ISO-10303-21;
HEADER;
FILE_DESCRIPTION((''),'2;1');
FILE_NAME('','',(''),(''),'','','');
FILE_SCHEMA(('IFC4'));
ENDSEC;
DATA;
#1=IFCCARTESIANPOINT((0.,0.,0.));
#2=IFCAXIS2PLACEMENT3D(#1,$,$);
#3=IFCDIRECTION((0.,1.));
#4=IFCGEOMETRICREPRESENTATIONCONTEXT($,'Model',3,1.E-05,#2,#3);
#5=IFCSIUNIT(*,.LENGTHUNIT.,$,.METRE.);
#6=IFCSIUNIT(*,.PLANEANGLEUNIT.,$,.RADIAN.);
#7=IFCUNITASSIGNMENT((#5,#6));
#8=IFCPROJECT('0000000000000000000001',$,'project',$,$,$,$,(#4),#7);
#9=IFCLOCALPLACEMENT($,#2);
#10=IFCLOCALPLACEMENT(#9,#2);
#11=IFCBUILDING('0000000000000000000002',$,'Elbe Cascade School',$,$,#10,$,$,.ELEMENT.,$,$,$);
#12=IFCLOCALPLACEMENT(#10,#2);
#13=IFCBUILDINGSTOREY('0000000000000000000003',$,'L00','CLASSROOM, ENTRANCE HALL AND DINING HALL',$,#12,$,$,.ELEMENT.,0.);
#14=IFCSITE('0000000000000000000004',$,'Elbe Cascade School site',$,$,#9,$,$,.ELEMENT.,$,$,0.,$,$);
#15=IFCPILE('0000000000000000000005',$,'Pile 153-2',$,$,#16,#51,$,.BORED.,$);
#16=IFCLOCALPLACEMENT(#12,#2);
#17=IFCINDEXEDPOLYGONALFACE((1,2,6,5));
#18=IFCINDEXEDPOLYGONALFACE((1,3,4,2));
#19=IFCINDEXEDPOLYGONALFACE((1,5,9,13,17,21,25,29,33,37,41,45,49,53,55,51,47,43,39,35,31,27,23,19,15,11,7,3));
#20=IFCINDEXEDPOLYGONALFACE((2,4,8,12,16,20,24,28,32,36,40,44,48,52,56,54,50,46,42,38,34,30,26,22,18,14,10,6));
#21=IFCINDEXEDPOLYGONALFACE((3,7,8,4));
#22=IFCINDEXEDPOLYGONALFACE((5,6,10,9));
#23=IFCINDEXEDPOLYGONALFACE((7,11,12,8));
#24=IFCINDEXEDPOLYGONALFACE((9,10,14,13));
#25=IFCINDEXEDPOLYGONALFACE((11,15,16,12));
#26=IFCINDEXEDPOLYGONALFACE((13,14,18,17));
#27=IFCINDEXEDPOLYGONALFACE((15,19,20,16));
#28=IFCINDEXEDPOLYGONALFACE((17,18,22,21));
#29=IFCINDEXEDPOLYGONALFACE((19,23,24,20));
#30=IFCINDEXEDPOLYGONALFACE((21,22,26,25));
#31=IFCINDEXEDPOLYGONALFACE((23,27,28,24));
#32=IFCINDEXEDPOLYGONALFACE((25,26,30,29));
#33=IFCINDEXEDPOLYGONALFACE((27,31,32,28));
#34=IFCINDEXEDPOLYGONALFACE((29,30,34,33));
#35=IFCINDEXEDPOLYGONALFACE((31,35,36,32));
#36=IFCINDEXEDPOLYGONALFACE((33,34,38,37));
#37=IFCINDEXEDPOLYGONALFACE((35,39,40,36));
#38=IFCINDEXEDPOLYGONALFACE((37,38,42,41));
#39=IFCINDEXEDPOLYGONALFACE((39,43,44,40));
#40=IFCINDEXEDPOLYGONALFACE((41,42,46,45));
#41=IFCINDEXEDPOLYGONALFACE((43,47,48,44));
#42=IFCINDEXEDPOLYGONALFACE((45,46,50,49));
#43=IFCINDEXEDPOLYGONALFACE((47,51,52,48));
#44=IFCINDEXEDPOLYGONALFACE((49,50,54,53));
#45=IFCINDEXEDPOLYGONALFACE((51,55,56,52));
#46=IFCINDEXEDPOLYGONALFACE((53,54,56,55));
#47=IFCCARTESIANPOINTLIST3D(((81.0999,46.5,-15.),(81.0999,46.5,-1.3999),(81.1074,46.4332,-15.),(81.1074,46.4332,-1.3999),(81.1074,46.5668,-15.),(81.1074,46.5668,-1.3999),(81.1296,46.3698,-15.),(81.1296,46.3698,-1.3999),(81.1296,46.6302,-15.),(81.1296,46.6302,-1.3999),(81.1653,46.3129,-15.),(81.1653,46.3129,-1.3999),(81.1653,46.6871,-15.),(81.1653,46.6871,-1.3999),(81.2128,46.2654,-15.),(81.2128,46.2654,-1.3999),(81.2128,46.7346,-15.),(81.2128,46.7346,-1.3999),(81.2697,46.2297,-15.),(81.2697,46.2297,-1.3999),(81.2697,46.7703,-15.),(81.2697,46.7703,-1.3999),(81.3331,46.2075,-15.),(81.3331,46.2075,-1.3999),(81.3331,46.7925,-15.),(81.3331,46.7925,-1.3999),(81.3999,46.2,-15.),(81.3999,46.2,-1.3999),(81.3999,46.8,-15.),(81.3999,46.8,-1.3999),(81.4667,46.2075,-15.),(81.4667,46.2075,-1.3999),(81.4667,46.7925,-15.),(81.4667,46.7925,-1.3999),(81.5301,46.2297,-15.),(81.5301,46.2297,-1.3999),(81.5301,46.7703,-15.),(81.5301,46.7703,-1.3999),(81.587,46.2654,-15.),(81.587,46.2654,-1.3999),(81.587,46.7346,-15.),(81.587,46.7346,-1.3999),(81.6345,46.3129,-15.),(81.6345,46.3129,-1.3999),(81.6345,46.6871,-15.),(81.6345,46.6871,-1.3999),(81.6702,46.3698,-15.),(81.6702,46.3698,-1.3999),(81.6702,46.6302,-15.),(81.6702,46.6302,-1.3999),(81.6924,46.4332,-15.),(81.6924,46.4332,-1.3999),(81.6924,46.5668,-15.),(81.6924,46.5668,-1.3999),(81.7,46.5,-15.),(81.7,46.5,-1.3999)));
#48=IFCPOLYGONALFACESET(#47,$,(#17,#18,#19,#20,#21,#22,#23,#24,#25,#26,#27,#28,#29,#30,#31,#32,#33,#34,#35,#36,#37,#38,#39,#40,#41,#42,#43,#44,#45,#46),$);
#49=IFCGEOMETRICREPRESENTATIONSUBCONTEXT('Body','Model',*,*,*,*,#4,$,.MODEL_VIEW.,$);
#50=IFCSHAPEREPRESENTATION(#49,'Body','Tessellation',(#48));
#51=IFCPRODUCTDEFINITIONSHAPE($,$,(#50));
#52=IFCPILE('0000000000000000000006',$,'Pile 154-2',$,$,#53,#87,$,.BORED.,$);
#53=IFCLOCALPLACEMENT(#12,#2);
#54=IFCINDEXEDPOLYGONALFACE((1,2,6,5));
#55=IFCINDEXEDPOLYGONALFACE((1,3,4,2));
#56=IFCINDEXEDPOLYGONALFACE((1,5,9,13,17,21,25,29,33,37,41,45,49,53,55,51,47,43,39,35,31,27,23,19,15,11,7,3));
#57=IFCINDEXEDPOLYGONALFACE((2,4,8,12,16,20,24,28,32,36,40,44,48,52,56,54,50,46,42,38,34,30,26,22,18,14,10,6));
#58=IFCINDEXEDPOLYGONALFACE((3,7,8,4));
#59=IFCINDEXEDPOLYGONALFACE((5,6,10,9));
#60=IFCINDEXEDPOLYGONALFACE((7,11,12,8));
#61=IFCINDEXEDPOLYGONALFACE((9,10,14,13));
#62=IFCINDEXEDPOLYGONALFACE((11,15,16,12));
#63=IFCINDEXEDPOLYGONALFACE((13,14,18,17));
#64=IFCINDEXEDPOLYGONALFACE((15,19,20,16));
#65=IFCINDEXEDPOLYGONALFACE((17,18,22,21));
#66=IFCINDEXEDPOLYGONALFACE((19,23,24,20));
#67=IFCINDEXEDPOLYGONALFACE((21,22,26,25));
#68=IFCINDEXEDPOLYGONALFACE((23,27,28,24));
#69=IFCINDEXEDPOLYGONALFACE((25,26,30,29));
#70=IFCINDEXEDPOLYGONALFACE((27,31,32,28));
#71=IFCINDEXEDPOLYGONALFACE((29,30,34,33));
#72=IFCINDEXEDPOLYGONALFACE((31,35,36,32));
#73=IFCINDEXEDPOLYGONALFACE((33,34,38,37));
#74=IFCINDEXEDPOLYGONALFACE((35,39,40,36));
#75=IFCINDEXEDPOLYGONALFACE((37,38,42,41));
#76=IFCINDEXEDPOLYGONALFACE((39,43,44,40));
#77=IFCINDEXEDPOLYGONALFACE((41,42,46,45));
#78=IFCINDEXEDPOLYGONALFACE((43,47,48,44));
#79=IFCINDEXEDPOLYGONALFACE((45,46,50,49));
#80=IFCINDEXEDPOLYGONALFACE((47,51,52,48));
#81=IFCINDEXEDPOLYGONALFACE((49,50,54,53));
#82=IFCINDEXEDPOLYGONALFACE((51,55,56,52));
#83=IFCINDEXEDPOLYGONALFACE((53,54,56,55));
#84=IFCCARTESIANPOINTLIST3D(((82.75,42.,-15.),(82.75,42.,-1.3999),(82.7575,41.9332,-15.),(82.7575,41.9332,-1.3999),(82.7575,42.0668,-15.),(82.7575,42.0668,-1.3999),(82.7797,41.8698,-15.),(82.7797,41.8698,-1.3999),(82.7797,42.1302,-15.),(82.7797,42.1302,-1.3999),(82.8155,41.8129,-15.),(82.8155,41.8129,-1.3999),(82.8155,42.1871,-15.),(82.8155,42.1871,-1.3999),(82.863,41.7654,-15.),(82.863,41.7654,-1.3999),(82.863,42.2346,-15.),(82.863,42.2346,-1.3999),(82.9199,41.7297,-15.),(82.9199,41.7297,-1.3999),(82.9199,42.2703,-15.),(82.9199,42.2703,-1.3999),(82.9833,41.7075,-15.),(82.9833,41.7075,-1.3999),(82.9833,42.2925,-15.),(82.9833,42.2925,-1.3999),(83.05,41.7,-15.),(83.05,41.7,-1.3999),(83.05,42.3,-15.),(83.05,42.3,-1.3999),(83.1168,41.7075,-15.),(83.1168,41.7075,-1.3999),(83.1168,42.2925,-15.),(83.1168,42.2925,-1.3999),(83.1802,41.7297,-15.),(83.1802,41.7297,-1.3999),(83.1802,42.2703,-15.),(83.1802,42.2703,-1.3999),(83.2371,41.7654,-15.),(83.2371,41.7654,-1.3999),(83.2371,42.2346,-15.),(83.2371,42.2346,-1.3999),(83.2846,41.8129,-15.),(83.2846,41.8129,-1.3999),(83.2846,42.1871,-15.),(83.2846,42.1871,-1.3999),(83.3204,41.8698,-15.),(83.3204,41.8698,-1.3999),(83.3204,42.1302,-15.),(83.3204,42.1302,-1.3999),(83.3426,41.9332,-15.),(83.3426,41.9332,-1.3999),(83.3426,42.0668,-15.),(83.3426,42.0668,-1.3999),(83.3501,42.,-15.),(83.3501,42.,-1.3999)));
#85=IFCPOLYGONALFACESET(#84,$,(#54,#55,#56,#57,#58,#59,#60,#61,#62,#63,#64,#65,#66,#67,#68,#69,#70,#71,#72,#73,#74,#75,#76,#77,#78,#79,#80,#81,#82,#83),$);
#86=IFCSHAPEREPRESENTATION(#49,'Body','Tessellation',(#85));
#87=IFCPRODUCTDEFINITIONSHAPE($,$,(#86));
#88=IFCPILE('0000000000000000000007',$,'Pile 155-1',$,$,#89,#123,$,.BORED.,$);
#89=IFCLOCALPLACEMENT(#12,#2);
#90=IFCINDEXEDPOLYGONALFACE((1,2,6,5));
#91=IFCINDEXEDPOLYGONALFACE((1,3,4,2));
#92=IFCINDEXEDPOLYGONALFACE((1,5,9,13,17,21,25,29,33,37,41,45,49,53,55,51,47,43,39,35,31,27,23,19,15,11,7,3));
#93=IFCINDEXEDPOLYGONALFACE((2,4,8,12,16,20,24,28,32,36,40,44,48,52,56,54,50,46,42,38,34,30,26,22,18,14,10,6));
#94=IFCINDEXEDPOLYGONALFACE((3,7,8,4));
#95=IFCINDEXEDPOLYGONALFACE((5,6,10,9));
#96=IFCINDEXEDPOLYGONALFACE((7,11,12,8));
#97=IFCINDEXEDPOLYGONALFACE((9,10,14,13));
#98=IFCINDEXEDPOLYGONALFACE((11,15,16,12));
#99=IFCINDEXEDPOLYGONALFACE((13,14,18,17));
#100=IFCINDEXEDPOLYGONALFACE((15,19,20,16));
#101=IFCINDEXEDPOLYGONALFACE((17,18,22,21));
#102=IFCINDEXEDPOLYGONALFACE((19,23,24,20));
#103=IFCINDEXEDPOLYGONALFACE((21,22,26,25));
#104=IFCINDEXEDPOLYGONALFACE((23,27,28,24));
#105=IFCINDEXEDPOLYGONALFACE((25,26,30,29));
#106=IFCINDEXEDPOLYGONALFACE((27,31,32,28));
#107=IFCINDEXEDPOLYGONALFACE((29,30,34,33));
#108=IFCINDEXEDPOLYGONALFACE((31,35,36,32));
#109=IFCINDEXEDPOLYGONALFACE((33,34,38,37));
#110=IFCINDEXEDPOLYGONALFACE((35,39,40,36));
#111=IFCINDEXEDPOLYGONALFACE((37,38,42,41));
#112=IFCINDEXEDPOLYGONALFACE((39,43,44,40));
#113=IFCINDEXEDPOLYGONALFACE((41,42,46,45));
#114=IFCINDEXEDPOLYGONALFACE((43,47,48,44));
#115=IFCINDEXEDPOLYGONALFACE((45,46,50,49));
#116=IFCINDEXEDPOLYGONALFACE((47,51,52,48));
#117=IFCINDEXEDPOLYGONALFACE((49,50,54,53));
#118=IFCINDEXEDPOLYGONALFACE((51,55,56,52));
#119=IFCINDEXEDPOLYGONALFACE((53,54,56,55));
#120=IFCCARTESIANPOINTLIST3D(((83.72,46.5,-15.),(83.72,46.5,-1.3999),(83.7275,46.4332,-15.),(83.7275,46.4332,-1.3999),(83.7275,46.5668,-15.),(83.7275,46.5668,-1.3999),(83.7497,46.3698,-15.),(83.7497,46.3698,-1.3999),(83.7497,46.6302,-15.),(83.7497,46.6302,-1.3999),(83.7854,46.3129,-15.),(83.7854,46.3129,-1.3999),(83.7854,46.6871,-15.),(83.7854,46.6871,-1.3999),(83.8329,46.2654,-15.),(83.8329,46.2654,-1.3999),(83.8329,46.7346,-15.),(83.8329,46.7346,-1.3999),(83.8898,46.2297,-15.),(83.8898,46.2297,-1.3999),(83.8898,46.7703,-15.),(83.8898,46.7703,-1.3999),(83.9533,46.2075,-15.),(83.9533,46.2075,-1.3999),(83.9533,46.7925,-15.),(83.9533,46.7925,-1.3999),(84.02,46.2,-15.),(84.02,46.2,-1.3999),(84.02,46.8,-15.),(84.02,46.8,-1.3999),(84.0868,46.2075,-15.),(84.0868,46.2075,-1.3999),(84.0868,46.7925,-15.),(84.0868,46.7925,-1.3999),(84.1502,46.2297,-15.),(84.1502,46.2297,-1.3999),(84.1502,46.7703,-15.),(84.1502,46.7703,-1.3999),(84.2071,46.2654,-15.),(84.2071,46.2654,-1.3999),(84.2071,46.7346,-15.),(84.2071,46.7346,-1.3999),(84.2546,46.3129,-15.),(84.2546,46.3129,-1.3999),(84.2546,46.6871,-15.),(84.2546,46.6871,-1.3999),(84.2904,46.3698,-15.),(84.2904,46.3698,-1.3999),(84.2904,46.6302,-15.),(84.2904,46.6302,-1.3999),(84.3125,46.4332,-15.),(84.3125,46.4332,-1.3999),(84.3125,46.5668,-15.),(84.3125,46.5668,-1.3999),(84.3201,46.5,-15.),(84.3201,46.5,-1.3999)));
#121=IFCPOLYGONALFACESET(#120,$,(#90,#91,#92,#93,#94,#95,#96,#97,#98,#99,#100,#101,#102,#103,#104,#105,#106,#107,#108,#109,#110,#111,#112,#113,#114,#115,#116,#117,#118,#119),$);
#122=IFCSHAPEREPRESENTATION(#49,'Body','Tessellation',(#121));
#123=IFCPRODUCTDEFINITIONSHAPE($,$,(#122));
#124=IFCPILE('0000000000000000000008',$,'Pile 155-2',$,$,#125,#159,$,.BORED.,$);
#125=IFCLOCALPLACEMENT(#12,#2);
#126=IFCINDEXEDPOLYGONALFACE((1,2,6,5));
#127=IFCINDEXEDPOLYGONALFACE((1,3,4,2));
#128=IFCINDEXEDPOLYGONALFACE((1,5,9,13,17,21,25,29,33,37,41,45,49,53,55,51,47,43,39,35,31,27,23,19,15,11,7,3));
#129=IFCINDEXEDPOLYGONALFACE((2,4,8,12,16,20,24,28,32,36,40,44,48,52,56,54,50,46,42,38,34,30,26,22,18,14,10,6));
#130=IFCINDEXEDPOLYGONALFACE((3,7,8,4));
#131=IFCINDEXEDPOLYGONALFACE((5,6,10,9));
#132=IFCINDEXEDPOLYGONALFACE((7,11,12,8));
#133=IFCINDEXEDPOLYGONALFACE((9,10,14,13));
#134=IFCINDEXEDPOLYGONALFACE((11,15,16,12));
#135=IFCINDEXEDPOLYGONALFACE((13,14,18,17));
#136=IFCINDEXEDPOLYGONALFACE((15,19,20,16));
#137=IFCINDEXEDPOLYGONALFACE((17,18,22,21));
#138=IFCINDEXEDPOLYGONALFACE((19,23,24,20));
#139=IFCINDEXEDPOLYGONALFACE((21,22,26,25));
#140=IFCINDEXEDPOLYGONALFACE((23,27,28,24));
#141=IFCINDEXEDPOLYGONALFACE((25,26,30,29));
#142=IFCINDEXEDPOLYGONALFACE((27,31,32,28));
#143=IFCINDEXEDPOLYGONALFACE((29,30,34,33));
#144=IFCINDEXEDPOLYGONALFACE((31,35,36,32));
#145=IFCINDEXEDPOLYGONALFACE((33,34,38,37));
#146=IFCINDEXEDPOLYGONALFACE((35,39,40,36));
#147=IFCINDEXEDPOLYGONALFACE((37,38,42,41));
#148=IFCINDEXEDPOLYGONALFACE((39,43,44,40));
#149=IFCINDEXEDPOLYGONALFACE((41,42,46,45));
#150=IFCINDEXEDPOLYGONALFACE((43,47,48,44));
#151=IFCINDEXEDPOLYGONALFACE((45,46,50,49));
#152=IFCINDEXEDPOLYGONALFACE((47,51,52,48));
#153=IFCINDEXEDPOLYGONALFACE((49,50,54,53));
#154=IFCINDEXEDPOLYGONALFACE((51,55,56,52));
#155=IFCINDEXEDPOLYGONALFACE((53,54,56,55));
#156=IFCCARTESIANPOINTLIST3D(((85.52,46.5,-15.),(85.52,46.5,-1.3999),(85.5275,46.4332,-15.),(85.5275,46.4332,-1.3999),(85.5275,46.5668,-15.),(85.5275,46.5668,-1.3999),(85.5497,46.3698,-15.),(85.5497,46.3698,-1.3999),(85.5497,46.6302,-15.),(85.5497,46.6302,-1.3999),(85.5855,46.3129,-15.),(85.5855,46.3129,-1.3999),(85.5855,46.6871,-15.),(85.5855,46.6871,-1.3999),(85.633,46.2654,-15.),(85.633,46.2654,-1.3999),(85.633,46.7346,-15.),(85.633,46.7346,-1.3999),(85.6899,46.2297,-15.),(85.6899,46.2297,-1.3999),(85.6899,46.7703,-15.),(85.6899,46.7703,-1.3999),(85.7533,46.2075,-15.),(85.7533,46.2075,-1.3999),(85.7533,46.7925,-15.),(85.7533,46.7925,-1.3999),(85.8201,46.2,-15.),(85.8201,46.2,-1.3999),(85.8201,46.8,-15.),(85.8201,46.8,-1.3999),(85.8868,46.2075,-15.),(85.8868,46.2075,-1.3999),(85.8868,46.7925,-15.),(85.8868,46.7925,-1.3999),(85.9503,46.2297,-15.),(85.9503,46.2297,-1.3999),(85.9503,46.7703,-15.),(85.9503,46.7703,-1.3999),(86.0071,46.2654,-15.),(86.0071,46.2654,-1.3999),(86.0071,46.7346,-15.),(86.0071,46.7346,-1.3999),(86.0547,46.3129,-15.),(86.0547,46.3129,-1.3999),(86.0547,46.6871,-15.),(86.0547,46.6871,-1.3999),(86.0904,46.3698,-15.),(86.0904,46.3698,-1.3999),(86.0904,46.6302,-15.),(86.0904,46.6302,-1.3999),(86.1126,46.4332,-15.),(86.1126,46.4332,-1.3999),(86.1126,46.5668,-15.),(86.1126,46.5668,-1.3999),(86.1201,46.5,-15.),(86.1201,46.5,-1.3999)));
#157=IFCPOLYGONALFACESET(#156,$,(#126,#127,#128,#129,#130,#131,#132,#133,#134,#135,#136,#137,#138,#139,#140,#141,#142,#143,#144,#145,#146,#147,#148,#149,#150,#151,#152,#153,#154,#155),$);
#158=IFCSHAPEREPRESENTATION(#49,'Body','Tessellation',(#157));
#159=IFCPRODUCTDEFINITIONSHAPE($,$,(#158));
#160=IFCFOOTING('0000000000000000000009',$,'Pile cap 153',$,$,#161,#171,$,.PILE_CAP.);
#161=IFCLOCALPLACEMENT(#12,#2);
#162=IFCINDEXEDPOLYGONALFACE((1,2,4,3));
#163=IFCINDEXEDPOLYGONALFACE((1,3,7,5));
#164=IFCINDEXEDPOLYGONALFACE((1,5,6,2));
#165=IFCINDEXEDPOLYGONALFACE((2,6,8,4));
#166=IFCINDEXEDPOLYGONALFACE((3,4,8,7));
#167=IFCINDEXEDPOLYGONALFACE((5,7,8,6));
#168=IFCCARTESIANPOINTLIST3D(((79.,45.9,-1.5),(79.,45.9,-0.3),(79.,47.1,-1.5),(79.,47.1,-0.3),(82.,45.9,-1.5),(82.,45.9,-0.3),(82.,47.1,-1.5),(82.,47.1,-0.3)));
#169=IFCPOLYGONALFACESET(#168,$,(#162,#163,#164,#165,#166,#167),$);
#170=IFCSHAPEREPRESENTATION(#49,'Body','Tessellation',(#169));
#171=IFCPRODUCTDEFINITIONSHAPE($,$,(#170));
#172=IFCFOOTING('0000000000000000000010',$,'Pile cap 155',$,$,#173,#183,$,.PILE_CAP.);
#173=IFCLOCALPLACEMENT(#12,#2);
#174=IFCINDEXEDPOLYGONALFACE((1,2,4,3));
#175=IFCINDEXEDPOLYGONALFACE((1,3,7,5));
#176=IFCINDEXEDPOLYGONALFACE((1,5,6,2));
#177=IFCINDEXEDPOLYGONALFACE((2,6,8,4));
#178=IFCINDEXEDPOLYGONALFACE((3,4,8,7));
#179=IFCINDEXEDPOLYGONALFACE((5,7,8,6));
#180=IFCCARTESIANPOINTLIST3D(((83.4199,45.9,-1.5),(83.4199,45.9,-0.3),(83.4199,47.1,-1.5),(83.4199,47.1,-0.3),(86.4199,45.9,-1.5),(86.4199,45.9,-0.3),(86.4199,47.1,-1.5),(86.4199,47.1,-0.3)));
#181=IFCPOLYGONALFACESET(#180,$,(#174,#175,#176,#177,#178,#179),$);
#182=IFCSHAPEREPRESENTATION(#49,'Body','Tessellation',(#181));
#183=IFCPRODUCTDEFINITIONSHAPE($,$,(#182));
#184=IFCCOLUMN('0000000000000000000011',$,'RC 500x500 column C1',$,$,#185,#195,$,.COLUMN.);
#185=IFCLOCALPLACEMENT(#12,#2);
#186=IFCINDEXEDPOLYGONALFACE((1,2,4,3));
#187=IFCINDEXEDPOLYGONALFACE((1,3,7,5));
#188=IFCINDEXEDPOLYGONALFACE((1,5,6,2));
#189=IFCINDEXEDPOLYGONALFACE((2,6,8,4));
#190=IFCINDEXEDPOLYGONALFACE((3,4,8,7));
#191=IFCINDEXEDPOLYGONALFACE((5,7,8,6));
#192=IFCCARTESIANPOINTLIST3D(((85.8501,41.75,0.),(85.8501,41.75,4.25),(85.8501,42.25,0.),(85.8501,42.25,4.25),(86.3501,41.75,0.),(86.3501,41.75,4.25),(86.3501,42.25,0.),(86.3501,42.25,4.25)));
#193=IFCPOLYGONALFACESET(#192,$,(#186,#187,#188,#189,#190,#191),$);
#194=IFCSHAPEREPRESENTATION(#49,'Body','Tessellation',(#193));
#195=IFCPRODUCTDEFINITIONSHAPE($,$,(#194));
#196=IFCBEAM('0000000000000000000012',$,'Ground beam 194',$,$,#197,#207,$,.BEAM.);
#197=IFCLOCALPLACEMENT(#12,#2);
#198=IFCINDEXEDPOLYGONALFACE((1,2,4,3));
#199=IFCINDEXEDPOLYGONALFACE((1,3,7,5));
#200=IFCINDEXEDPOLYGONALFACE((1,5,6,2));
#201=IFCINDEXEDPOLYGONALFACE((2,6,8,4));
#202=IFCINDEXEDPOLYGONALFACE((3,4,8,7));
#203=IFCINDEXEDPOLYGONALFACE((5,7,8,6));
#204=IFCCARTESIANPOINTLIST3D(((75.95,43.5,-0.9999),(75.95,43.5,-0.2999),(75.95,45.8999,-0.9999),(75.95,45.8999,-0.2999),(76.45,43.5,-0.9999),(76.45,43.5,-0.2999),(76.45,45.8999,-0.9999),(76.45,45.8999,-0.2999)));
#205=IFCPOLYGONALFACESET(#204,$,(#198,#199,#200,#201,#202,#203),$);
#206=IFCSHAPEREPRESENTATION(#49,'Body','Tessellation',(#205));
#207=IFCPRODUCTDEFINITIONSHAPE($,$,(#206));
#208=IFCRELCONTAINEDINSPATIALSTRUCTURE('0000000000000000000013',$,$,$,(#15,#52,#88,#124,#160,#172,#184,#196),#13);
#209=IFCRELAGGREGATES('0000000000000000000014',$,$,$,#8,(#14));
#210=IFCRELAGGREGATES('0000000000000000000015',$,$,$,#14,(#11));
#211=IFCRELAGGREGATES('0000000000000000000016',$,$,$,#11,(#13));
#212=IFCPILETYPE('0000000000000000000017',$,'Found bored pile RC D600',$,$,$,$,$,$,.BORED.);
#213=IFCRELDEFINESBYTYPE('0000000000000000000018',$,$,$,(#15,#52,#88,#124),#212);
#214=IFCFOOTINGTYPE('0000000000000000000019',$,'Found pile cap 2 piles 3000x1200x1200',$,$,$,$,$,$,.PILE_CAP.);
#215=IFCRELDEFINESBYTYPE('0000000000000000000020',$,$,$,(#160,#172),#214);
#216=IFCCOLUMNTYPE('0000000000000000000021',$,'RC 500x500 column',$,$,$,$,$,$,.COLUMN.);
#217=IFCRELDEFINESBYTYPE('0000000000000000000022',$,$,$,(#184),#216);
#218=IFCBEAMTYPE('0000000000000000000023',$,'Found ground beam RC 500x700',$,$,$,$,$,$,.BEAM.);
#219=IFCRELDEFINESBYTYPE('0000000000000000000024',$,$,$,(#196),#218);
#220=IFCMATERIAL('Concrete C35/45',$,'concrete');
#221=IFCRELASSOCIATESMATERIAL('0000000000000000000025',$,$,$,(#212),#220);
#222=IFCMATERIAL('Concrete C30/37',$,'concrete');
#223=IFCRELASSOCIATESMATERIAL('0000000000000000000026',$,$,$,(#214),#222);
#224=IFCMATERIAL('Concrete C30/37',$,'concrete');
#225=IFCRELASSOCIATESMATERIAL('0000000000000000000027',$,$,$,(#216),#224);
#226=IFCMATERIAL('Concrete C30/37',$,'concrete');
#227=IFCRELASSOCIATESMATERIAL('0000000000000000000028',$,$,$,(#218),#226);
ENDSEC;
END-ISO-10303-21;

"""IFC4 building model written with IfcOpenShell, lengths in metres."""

from ifc_helpers import new_model, si_unit, direction, frame, origin, origin_2d, place, context, subcontext, project, spatial, rectangle, circle, extrude, material, material_profile, profile_set, type_object, element, save


model = new_model("IFC4")

# Units and contexts
model_context = context("Model", 3, precision=1e-05, world=origin(), true_north=direction((0.0, 1.0)))
body_context = subcontext(model_context, "Body", "Model", "MODEL_VIEW")
ifc_project = project(units=[si_unit("LENGTHUNIT", "METRE"), si_unit("PLANEANGLEUNIT", "RADIAN")], contexts=[model_context])

# Site, building, storey
site_placement = place(None, origin())
site = spatial("IfcSite", under=ifc_project, at=site_placement, Name="Elbe Cascade School site", CompositionType="ELEMENT", RefElevation=0.0)
building_placement = place(site_placement, origin())
building = spatial("IfcBuilding", under=site, at=building_placement, Name="Elbe Cascade School", CompositionType="ELEMENT")
storey_placement = place(building_placement, origin())
storey = spatial("IfcBuildingStorey", under=building, at=storey_placement, Name="L00", Description="CLASSROOM, ENTRANCE HALL AND DINING HALL", CompositionType="ELEMENT", Elevation=0.0)

# Piles
ifc_material_1 = material(Name="Concrete C35/45", Category="concrete")
ifc_material_profile_1 = material_profile(ifc_material_1, circle(Radius=0.3, at=origin_2d()), Name="RC D600")
ifc_profile_set_1 = profile_set([ifc_material_profile_1], Name="Concrete C35/45")
pile_type = type_object("IfcPileType", Name="Found bored pile RC D600", PredefinedType="BORED", material=ifc_profile_set_1)
for number, where, z_axis, x_axis, name in (
    (1, (81.3999, 46.5, -1.3999), (0.0, 0.0, -1.0), (1.0, 0.0, 0.0), "Pile 153-2"),
    (2, (83.05, 42.0, -1.3999), (0.0, 0.0, -1.0), (1.0, 0.0, 0.0), "Pile 154-2"),
    (3, (84.02, 46.5, -1.3999), (0.0, 0.0, -1.0), (1.0, 0.0, 0.0), "Pile 155-1"),
    (4, (85.8201, 46.5, -1.3999), (0.0, 0.0, -1.0), (1.0, 0.0, 0.0), "Pile 155-2"),
):
    element("IfcPile", number, at=place(storey_placement, frame(where, z_axis=z_axis, x_axis=x_axis)), inside=storey, type_object=pile_type, Name=name, PredefinedType="BORED", context=body_context, shape_type="SweptSolid", body=[
        extrude(circle(Radius=0.3, at=origin_2d()), origin(), (0.0, 0.0, 1.0), 13.6001),
    ])

# Footings
ifc_material_2 = material(Name="Concrete C30/37", Category="concrete")
footing_type = type_object("IfcFootingType", Name="Found pile cap 2 piles 3000x1200x1200", PredefinedType="PILE_CAP", material=ifc_material_2)
for number, where, z_axis, x_axis, name in (
    (5, (80.5, 46.5, -1.5), (0.0, 0.0, 1.0), (1.0, 0.0, 0.0), "Pile cap 153"),
    (6, (84.9199, 46.5, -1.5), (0.0, 0.0, 1.0), (1.0, 0.0, 0.0), "Pile cap 155"),
):
    element("IfcFooting", number, at=place(storey_placement, frame(where, z_axis=z_axis, x_axis=x_axis)), inside=storey, type_object=footing_type, Name=name, PredefinedType="PILE_CAP", context=body_context, shape_type="SweptSolid", body=[
        extrude(rectangle(XDim=3.0, YDim=1.2, at=origin_2d()), origin(), (0.0, 0.0, 1.0), 1.2),
    ])

# Column
ifc_material_3 = material(Name="Concrete C30/37", Category="concrete")
ifc_material_profile_2 = material_profile(ifc_material_3, rectangle(XDim=0.5, YDim=0.5, at=origin_2d()), Name="RC 500x500")
ifc_profile_set_2 = profile_set([ifc_material_profile_2], Name="Concrete C30/37")
column_type = type_object("IfcColumnType", Name="RC 500x500 column", PredefinedType="COLUMN", material=ifc_profile_set_2)
column_placement = place(storey_placement, frame((86.1001, 42.0, 0.0), z_axis=(0.0, 0.0, 1.0), x_axis=(1.0, 0.0, 0.0)))
element("IfcColumn", 7, at=column_placement, inside=storey, type_object=column_type, Name="RC 500x500 column C1", PredefinedType="COLUMN", context=body_context, shape_type="SweptSolid", body=[
    extrude(rectangle(XDim=0.5, YDim=0.5, at=origin_2d()), origin(), (0.0, 0.0, 1.0), 4.25),
])

# Beam
ifc_material_4 = material(Name="Concrete C30/37", Category="concrete")
ifc_material_profile_3 = material_profile(ifc_material_4, rectangle(XDim=0.5, YDim=0.7, at=origin_2d()), Name="RC 500x700")
ifc_profile_set_3 = profile_set([ifc_material_profile_3], Name="Concrete C30/37")
beam_type_1 = type_object("IfcBeamType", Name="Found ground beam RC 500x700", PredefinedType="BEAM", material=ifc_profile_set_3)
for number, where, z_axis, x_axis, name in (
    (8, (76.2, 43.5, -0.6499), (0.0, 1.0, 0.0), (-1.0, 0.0, 0.0), "Ground beam 194"),
):
    element("IfcBeam", number, at=place(storey_placement, frame(where, z_axis=z_axis, x_axis=x_axis)), inside=storey, type_object=beam_type_1, Name=name, PredefinedType="BEAM", context=body_context, shape_type="SweptSolid", body=[
        extrude(rectangle(XDim=0.5, YDim=0.7, at=origin_2d()), origin(), (0.0, 0.0, 1.0), 2.3999),
    ])

save(model, "model.ifc")
